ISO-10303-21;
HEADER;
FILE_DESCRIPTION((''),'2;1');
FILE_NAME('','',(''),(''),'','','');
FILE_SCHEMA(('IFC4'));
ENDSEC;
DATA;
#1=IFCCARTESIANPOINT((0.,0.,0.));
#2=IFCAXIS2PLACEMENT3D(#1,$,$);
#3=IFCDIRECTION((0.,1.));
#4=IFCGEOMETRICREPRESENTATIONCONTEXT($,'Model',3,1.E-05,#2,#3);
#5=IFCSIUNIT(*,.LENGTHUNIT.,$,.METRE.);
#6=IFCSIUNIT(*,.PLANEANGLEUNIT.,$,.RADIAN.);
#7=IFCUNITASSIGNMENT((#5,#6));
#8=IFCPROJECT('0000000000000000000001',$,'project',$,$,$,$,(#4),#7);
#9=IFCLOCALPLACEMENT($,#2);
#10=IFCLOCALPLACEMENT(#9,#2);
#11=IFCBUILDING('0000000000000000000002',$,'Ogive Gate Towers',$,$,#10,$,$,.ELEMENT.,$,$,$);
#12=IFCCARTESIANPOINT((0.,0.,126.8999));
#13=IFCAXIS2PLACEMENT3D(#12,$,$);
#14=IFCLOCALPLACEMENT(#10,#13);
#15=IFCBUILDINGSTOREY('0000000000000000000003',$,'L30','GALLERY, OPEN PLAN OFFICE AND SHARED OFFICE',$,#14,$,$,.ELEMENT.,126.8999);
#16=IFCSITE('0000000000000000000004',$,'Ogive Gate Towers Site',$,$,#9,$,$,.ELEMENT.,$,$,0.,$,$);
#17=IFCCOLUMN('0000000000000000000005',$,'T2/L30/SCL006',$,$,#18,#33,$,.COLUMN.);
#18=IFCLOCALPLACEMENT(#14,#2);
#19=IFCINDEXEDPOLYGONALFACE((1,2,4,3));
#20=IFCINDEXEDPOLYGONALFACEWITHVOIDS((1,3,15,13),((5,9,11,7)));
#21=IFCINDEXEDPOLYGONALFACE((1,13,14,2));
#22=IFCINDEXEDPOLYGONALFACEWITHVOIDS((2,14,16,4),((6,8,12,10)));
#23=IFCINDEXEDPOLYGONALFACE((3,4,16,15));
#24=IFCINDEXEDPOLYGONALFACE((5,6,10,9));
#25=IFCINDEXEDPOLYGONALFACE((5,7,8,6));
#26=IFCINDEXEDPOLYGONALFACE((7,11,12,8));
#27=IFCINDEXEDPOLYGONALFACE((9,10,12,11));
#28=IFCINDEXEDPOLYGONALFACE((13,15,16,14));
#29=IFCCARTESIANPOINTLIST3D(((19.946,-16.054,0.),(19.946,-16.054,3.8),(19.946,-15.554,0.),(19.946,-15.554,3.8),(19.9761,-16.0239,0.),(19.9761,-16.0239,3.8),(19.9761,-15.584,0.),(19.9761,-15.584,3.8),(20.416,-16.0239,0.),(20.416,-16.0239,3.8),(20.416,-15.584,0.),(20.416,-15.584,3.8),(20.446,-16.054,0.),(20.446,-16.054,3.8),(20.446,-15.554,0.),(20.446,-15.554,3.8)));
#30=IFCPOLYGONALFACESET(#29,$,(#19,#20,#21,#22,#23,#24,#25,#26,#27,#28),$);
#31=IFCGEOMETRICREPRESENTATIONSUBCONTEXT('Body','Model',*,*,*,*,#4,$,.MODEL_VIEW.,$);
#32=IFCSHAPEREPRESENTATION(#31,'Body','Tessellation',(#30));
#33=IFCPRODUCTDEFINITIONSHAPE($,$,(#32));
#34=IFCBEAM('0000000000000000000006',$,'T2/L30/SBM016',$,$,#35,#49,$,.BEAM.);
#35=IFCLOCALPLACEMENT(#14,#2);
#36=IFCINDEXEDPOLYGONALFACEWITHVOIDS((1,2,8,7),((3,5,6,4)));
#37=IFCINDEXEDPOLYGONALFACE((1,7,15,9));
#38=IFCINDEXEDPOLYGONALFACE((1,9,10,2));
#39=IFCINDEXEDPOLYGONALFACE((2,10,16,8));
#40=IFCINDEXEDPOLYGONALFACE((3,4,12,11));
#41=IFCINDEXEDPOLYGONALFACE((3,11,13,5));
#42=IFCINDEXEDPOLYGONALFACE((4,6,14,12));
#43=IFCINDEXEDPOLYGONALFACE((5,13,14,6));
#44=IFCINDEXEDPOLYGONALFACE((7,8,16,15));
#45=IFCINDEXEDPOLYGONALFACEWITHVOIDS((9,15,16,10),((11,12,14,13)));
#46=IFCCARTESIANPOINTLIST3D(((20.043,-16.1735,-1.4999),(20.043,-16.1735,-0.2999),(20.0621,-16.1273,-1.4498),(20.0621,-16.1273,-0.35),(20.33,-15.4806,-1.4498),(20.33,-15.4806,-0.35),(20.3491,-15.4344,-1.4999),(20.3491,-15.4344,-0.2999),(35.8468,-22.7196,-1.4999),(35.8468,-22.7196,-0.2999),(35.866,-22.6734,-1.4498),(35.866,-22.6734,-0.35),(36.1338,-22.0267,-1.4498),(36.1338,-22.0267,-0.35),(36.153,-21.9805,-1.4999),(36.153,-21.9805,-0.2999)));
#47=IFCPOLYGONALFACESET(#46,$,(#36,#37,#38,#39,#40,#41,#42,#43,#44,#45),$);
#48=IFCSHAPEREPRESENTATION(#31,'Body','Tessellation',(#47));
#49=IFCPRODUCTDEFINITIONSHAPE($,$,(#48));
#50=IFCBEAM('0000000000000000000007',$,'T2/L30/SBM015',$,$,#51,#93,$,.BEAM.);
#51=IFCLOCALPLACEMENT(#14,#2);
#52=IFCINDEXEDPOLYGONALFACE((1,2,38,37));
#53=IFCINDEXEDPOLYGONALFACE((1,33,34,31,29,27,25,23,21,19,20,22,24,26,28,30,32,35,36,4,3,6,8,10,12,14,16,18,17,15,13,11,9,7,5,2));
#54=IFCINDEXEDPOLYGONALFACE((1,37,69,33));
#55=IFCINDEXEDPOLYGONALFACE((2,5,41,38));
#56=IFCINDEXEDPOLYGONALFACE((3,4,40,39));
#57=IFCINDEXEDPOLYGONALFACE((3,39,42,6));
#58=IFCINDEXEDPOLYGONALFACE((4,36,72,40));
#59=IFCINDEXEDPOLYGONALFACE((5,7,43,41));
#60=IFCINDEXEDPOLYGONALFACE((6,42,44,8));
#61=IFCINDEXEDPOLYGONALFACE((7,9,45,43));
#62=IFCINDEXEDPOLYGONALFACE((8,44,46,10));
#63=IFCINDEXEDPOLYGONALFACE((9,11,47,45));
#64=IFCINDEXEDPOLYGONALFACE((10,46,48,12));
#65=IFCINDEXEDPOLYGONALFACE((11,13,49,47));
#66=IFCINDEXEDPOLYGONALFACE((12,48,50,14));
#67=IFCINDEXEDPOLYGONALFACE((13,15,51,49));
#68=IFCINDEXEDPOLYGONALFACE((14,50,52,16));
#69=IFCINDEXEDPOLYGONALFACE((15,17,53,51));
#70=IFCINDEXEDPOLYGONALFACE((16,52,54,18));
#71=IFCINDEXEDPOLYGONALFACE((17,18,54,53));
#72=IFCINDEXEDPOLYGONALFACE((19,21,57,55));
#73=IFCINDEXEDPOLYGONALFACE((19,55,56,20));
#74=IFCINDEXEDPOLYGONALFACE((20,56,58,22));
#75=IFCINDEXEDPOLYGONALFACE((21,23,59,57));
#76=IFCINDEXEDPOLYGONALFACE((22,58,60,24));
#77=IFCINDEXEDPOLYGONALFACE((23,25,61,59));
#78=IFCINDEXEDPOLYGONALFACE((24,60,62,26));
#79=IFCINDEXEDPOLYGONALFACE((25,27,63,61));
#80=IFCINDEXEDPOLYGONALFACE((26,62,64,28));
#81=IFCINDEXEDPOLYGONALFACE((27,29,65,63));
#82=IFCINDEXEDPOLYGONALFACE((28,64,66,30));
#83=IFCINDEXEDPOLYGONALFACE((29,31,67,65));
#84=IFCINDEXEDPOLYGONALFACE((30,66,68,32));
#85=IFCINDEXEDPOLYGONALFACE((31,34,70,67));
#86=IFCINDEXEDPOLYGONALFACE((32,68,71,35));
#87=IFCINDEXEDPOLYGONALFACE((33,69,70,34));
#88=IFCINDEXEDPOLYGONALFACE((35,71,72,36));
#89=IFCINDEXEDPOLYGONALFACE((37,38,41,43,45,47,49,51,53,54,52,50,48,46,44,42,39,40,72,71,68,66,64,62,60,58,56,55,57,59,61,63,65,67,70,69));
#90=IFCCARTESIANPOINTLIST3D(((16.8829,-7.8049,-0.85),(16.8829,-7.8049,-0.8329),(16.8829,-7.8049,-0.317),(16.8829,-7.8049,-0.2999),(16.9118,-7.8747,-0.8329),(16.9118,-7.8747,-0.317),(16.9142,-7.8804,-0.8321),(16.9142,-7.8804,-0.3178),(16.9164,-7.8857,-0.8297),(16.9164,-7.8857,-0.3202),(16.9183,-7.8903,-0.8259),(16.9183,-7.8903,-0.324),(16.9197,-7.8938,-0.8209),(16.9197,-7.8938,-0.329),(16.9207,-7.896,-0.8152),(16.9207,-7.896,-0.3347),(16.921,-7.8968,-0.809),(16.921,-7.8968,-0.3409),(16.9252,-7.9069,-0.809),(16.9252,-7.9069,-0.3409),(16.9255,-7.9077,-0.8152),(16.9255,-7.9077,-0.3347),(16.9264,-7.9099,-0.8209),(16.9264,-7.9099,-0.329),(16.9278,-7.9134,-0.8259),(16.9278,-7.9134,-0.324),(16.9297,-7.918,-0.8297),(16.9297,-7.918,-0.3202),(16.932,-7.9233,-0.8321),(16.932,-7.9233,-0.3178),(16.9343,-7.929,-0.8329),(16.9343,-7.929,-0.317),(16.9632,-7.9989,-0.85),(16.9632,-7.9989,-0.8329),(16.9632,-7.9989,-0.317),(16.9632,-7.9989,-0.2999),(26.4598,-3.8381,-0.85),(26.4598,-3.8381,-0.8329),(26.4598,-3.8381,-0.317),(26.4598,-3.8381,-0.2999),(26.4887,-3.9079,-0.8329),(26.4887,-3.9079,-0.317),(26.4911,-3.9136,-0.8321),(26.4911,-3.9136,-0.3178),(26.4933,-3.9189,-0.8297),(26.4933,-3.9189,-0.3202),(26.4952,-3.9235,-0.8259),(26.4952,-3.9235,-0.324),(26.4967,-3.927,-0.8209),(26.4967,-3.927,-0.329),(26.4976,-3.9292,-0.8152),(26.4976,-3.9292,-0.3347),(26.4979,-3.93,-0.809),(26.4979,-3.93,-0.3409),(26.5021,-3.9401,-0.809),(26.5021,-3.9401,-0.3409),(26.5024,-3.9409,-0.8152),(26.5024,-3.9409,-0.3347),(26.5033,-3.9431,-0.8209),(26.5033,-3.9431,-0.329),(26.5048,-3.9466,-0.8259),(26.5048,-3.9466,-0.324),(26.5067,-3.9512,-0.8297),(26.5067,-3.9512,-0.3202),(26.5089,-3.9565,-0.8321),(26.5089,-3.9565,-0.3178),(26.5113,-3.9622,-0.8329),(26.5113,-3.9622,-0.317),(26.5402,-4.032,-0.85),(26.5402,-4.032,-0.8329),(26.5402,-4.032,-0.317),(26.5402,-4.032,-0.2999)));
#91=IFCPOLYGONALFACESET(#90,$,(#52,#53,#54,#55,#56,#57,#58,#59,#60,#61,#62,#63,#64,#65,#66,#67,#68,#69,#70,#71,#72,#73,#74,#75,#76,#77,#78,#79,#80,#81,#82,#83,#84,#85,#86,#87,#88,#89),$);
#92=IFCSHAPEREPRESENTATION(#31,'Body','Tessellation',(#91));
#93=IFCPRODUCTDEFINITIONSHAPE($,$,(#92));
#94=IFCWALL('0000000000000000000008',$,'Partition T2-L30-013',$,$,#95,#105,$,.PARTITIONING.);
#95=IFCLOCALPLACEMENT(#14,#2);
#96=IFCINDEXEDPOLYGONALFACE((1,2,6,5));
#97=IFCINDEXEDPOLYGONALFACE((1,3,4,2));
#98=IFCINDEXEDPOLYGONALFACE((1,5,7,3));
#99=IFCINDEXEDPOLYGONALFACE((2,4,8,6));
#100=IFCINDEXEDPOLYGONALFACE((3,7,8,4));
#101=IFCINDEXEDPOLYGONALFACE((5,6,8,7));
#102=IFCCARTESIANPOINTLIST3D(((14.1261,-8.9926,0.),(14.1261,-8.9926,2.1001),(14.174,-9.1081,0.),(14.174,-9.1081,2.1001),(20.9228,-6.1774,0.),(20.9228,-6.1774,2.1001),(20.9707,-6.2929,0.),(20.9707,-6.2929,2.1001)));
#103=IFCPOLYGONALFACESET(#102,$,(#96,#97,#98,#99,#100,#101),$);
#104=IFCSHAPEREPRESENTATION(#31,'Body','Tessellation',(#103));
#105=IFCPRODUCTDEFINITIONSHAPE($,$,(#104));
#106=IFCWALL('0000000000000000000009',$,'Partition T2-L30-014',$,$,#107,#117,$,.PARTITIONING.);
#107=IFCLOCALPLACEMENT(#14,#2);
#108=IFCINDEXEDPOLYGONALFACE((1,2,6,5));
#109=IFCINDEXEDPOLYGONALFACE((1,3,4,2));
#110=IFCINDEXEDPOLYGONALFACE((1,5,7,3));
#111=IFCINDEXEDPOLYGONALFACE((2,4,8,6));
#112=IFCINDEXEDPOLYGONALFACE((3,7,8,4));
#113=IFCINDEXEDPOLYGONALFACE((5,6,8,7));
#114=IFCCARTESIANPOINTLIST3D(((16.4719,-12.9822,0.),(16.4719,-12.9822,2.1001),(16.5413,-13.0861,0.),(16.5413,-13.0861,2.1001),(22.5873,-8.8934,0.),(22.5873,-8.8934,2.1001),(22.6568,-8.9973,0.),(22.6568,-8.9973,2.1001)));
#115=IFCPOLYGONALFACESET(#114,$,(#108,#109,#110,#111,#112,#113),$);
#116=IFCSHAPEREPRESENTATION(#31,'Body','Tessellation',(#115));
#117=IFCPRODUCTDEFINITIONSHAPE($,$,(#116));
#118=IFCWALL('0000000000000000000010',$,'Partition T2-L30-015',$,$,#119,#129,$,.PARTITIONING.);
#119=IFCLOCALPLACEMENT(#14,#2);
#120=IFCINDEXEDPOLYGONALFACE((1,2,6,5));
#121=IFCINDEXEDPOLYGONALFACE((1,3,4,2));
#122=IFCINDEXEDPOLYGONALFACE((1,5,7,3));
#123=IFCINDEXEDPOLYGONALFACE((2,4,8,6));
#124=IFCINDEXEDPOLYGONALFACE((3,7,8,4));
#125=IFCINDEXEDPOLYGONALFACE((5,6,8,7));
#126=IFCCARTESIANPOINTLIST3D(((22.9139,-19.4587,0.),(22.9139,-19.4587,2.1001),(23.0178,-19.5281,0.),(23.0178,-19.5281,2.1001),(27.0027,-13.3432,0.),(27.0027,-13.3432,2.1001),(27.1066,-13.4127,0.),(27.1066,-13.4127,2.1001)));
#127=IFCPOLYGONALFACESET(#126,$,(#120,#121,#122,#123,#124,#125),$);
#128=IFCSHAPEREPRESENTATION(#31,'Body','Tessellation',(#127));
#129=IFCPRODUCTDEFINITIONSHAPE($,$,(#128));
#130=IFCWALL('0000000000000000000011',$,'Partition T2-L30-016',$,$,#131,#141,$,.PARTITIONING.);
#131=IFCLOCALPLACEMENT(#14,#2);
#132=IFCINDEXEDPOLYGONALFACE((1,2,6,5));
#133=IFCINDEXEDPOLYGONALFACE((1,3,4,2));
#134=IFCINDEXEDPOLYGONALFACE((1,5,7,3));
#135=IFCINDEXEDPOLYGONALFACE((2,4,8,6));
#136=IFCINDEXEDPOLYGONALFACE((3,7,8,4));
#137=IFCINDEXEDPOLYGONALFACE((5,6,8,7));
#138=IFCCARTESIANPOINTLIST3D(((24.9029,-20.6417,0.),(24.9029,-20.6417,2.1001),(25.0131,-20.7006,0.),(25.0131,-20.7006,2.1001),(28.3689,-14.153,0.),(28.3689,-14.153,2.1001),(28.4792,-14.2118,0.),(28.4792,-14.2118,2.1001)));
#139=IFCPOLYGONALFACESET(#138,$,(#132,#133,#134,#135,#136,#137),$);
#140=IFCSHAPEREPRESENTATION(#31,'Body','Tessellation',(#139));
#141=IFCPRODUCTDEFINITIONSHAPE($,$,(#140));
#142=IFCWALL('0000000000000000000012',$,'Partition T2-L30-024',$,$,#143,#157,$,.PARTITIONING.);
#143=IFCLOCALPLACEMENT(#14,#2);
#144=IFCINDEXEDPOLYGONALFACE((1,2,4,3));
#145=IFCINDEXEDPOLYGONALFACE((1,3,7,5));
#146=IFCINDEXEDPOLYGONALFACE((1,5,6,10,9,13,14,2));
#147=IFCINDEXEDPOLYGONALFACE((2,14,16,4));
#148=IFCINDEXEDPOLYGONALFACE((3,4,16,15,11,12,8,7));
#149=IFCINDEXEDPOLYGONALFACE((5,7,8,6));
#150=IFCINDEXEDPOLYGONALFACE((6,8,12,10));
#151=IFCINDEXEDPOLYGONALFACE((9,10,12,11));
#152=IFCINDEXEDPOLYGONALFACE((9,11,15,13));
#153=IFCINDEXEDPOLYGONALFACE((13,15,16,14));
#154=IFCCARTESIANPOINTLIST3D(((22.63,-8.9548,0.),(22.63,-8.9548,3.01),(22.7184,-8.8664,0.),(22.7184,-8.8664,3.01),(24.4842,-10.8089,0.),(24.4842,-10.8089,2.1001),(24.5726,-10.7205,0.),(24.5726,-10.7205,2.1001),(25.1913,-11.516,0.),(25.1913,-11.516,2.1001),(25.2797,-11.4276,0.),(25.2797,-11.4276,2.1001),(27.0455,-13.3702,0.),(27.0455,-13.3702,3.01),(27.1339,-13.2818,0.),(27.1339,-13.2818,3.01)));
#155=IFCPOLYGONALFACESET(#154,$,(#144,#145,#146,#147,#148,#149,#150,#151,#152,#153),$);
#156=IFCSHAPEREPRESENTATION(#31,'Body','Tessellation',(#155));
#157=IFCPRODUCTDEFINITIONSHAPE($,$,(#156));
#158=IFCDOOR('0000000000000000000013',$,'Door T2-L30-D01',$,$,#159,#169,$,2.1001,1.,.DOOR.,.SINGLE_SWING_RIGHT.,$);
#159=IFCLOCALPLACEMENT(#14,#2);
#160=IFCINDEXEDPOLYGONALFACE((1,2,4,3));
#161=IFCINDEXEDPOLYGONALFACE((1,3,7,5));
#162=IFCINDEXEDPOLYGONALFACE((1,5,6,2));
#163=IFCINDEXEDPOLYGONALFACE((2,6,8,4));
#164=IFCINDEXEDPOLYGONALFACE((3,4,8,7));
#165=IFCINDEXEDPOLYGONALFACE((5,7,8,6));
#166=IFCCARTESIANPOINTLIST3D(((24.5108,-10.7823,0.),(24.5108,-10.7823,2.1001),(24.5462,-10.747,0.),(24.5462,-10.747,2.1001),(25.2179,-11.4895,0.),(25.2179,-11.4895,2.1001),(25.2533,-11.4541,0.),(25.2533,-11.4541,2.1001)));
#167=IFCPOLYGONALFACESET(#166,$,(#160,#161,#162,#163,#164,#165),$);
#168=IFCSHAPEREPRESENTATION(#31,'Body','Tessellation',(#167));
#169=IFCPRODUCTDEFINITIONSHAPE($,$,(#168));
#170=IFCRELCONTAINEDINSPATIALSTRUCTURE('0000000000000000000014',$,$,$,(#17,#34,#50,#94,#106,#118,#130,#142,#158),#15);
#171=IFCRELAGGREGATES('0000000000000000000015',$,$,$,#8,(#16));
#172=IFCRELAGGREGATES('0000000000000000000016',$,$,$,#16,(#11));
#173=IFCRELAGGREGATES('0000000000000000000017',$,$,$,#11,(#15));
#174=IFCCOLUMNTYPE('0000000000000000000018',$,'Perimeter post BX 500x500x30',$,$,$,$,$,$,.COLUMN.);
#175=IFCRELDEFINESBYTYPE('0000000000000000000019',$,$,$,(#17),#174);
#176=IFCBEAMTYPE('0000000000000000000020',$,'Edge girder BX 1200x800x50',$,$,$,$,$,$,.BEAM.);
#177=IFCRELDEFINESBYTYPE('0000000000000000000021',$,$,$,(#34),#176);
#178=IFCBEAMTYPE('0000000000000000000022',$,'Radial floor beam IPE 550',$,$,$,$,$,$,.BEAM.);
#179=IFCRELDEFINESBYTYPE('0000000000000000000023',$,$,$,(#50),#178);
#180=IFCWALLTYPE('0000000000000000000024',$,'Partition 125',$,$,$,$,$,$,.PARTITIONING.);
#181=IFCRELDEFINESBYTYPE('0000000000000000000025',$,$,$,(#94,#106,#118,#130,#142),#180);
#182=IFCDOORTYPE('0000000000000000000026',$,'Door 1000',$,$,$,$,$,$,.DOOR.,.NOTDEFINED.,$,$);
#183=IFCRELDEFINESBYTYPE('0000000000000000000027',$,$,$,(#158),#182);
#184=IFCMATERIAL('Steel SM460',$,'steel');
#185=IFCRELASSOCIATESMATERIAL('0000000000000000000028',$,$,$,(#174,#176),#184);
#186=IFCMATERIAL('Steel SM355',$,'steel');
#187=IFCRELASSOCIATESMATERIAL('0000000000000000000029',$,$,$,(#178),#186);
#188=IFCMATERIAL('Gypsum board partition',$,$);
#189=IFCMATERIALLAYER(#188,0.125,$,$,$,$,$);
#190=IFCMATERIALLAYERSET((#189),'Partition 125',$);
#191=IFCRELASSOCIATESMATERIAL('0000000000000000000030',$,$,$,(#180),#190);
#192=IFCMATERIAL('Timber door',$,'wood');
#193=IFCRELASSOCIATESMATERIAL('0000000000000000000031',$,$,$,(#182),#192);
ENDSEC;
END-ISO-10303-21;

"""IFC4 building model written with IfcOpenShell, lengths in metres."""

from ifc_helpers import new_model, si_unit, direction, frame, frame_2d, origin, origin_2d, place, context, subcontext, project, spatial, rectangle, hollow_rectangle, i_section, extrude, material, layer, layer_set, material_profile, profile_set, type_object, element, fill, save


model = new_model("IFC4")

# Units and contexts
model_context = context("Model", 3, precision=1e-05, world=origin(), true_north=direction((0.0, 1.0)))
body_context = subcontext(model_context, "Body", "Model", "MODEL_VIEW")
ifc_project = project(units=[si_unit("LENGTHUNIT", "METRE"), si_unit("PLANEANGLEUNIT", "RADIAN")], contexts=[model_context])

# Site, building, storey
site_placement = place(None, origin())
site = spatial("IfcSite", under=ifc_project, at=site_placement, Name="Ogive Gate Towers Site", CompositionType="ELEMENT", RefElevation=0.0)
building_placement = place(site_placement, origin())
building = spatial("IfcBuilding", under=site, at=building_placement, Name="Ogive Gate Towers", CompositionType="ELEMENT")
storey_placement = place(building_placement, frame((0.0, 0.0, 126.8999)))
storey = spatial("IfcBuildingStorey", under=building, at=storey_placement, Name="L30", Description="GALLERY, OPEN PLAN OFFICE AND SHARED OFFICE", CompositionType="ELEMENT", Elevation=126.8999)

# Column
ifc_material_1 = material(Name="Steel SM460", Category="steel")
ifc_material_profile_1 = material_profile(ifc_material_1, hollow_rectangle(XDim=0.5, YDim=0.5, WallThickness=0.03, at=origin_2d()), Name="BX 500x500x30")
ifc_profile_set_1 = profile_set([ifc_material_profile_1], Name="Steel SM460")
column_type = type_object("IfcColumnType", Name="Perimeter post BX 500x500x30", PredefinedType="COLUMN", material=ifc_profile_set_1)
column_placement = place(storey_placement, frame((20.196, -15.804, 0.0), z_axis=(0.0, 0.0, 1.0), x_axis=(1.0, 0.0, 0.0)))
element("IfcColumn", 1, at=column_placement, inside=storey, type_object=column_type, Name="T2/L30/SCL006", PredefinedType="COLUMN", context=body_context, shape_type="SweptSolid", body=[
    extrude(hollow_rectangle(XDim=0.5, YDim=0.5, WallThickness=0.03, at=origin_2d()), origin(), (0.0, 0.0, 1.0), 3.8),
])

# Beams
ifc_material_profile_2 = material_profile(ifc_material_1, hollow_rectangle(XDim=0.8, YDim=1.2, WallThickness=0.05, at=origin_2d()), Name="BX 1200x800x50")
ifc_profile_set_2 = profile_set([ifc_material_profile_2], Name="Steel SM460")
beam_type_1 = type_object("IfcBeamType", Name="Edge girder BX 1200x800x50", PredefinedType="BEAM", material=ifc_profile_set_2)
beam_1_placement = place(storey_placement, frame((20.196, -15.804, -0.8999), z_axis=(0.923881, -0.38268, 0.0), x_axis=(0.38268, 0.923881, 0.0)))
element("IfcBeam", 2, at=beam_1_placement, inside=storey, type_object=beam_type_1, Name="T2/L30/SBM016", PredefinedType="BEAM", context=body_context, shape_type="SweptSolid", body=[
    extrude(hollow_rectangle(XDim=0.8, YDim=1.2, WallThickness=0.05, at=origin_2d()), origin(), (0.0, 0.0, 1.0), 17.106),
])
ifc_material_2 = material(Name="Steel SM355", Category="steel")
ifc_material_profile_3 = material_profile(ifc_material_2, i_section(OverallWidth=0.21, OverallDepth=0.55, WebThickness=0.011, FlangeThickness=0.0171, FilletRadius=0.0239, at=origin_2d()), Name="IPE 550")
ifc_profile_set_3 = profile_set([ifc_material_profile_3], Name="Steel SM355")
beam_type_2 = type_object("IfcBeamType", Name="Radial floor beam IPE 550", PredefinedType="BEAM", material=ifc_profile_set_3)
beam_2_placement = place(storey_placement, frame((26.5, -3.9351, -0.575), z_axis=(-0.923882, -0.382676, 0.0), x_axis=(0.382676, -0.923882, 0.0)))
element("IfcBeam", 3, at=beam_2_placement, inside=storey, type_object=beam_type_2, Name="T2/L30/SBM015", PredefinedType="BEAM", context=body_context, shape_type="SweptSolid", body=[
    extrude(i_section(OverallWidth=0.21, OverallDepth=0.55, WebThickness=0.011, FlangeThickness=0.0171, FilletRadius=0.0239, at=origin_2d()), origin(), (0.0, 0.0, 1.0), 10.366),
])

# Walls
ifc_material_3 = material(Name="Gypsum board partition")
ifc_layer_1 = layer(ifc_material_3, 0.125)
ifc_layer_set_1 = layer_set([ifc_layer_1], Name="Partition 125")
wall_type_1 = type_object("IfcWallType", Name="Partition 125", PredefinedType="PARTITIONING", material=ifc_layer_set_1)
wall_1_placement = place(storey_placement, frame((14.1501, -9.0503, 0.0), z_axis=(0.0, 0.0, 1.0), x_axis=(0.923883, 0.382675, 0.0)))
element("IfcWall", 4, at=wall_1_placement, inside=storey, type_object=wall_type_1, Name="Partition T2-L30-013", PredefinedType="PARTITIONING", context=body_context, shape_type="SweptSolid", body=[
    extrude(rectangle(XDim=7.3567, YDim=0.125, at=frame_2d((3.6782, 0.0))), origin(), (0.0, 0.0, 1.0), 2.1001),
])
for number, where, z_axis, x_axis, name in (
    (5, (16.5066, -13.0342, 0.0), (0.0, 0.0, 1.0), (0.831304, 0.555818, 0.0), "Partition T2-L30-014"),
    (6, (22.9658, -19.4934, 0.0), (0.0, 0.0, 1.0), (0.555818, 0.831304, 0.0), "Partition T2-L30-015"),
    (7, (24.958, -20.6711, 0.0), (0.0, 0.0, 1.0), (0.471158, 0.882049, 0.0), "Partition T2-L30-016"),
):
    element("IfcWall", number, at=place(storey_placement, frame(where, z_axis=z_axis, x_axis=x_axis)), inside=storey, type_object=wall_type_1, Name=name, PredefinedType="PARTITIONING", context=body_context, shape_type="SweptSolid", body=[
        extrude(rectangle(XDim=7.3564, YDim=0.125, at=frame_2d((3.6782, 0.0))), origin(), (0.0, 0.0, 1.0), 2.1001),
    ])

# Wall, opening, door
wall_2_placement = place(storey_placement, frame((27.0896, -13.3259, 0.0), z_axis=(0.0, 0.0, 1.0), x_axis=(-0.707107, 0.707107, 0.0)))
wall_2 = element("IfcWall", 8, at=wall_2_placement, inside=storey, type_object=wall_type_1, Name="Partition T2-L30-024", PredefinedType="PARTITIONING", context=body_context, shape_type="SweptSolid", body=[
    extrude(rectangle(XDim=6.2444, YDim=0.125, at=frame_2d((3.1221, 0.0))), origin(), (0.0, 0.0, 1.0), 3.01),
])
opening_1_placement = place(wall_2_placement, frame((2.6221, 0.0, 0.0)))
opening_1 = element("IfcOpeningElement", 9, at=opening_1_placement, cuts=wall_2, PredefinedType="OPENING", context=body_context, shape_type="SweptSolid", body=[
    extrude(rectangle(XDim=1.0, YDim=2.1001, at=frame_2d((0.5, 1.05))), frame((0.0, 0.0725, 0.0), z_axis=(0.0, -1.0, 0.0), x_axis=(1.0, 0.0, 0.0)), (0.0, 0.0, 1.0), 0.145),
])
ifc_material_4 = material(Name="Timber door", Category="wood")
door_type_1 = type_object("IfcDoorType", Name="Door 1000", OperationType="NOTDEFINED", PredefinedType="DOOR", material=ifc_material_4)
door_1_placement = place(opening_1_placement, origin())
door_1 = element("IfcDoor", 10, at=door_1_placement, inside=storey, type_object=door_type_1, Name="Door T2-L30-D01", OperationType="SINGLE_SWING_RIGHT", OverallHeight=2.1001, OverallWidth=1.0, PredefinedType="DOOR", context=body_context, shape_type="SweptSolid", body=[
    extrude(rectangle(XDim=1.0, YDim=2.1001, at=frame_2d((0.5, 1.05))), frame((0.0, 0.0249, 0.0), z_axis=(0.0, -1.0, 0.0), x_axis=(1.0, 0.0, 0.0)), (0.0, 0.0, 1.0), 0.05),
])
fill(opening_1, door_1)

save(model, "model.ifc")
